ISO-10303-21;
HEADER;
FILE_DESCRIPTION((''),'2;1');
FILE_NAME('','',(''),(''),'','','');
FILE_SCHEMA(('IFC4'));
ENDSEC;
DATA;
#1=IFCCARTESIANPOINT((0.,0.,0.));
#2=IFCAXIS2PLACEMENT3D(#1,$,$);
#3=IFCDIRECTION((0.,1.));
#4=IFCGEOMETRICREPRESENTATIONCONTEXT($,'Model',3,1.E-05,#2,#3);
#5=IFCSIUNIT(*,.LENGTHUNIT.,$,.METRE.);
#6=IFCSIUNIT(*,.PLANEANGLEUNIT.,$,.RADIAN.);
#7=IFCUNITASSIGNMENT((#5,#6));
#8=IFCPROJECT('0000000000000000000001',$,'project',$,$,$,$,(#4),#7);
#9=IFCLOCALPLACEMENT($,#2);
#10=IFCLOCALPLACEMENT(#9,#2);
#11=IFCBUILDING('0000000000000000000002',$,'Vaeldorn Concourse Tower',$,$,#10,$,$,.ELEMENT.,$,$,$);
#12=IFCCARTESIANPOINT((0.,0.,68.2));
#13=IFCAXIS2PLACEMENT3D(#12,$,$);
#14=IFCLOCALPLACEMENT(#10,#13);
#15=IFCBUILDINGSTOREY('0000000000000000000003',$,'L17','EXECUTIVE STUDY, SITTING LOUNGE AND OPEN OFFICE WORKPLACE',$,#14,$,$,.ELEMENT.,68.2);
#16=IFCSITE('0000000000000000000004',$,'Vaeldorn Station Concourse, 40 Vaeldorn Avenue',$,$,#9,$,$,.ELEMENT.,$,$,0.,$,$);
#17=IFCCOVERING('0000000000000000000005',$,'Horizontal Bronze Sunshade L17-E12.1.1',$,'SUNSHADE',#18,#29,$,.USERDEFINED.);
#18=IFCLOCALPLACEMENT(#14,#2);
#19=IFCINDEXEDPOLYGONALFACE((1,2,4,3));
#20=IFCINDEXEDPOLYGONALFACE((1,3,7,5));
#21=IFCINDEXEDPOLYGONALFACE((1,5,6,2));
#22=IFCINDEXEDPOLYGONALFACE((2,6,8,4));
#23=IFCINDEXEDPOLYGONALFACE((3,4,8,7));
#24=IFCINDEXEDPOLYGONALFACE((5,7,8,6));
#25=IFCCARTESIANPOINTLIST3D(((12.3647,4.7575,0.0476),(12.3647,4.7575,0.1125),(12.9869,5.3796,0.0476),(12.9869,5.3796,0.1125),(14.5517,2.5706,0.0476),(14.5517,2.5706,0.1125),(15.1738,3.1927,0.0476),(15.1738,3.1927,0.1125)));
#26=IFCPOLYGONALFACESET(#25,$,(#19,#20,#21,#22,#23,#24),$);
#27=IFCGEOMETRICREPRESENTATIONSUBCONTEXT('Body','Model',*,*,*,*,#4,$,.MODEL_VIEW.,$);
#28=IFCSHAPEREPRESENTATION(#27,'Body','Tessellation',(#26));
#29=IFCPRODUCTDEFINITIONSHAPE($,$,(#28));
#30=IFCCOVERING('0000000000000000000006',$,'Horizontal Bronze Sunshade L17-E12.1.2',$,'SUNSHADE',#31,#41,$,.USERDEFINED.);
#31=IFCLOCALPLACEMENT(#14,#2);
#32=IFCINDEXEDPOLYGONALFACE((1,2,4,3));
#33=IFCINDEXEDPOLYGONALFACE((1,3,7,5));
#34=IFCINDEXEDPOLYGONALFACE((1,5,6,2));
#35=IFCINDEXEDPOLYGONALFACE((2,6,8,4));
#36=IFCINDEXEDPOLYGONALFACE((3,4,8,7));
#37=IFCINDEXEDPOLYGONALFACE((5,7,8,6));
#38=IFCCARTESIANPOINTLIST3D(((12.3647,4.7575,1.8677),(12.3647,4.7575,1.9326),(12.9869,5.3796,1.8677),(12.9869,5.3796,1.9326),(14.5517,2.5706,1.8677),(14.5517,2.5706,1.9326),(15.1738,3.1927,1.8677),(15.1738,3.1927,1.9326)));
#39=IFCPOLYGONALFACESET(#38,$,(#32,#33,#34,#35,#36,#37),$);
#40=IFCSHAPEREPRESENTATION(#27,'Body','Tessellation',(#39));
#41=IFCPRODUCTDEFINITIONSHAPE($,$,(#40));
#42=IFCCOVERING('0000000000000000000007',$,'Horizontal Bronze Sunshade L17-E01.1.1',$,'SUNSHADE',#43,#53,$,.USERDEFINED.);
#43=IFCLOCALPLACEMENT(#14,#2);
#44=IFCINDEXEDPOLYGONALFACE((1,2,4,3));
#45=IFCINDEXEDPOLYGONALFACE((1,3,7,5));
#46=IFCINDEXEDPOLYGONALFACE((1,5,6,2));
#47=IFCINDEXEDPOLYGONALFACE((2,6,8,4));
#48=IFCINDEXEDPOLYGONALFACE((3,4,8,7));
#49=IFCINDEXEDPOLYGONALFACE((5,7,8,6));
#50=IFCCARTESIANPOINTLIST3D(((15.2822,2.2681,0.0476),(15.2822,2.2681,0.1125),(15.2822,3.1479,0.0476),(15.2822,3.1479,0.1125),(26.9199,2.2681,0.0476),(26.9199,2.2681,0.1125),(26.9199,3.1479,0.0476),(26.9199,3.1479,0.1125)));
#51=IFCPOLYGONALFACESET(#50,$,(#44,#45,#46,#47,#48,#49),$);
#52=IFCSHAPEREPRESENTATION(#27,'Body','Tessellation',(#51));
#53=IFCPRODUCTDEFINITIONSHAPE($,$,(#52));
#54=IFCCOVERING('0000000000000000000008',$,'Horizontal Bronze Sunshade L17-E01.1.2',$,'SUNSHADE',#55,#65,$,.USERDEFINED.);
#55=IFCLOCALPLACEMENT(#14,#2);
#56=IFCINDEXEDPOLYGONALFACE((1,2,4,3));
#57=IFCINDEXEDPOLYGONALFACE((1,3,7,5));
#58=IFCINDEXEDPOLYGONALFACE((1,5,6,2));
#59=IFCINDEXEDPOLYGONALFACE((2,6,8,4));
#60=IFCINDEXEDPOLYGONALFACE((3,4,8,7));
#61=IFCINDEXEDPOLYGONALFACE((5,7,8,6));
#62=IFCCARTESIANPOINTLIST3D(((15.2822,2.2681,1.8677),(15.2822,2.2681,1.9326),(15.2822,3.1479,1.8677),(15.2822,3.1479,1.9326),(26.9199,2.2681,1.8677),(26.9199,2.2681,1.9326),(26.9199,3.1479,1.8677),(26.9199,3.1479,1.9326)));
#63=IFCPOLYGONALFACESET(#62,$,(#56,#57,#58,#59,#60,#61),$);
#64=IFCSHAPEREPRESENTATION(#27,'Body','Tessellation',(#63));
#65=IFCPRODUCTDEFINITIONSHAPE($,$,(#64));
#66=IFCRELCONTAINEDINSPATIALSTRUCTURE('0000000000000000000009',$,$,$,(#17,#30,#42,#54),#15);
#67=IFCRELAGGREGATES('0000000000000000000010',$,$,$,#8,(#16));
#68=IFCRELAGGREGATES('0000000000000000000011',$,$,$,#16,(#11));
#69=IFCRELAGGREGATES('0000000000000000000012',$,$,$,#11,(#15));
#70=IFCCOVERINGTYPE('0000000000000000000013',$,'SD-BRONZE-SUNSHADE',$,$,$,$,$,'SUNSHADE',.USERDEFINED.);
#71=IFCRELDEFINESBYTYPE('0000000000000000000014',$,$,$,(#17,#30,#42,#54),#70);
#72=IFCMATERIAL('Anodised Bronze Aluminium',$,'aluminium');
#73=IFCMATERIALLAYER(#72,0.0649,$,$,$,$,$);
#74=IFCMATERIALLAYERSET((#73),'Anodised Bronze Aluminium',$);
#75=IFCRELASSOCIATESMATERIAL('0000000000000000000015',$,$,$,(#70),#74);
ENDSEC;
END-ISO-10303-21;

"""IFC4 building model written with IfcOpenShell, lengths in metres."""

from ifc_helpers import new_model, si_unit, direction, frame, origin, origin_2d, place, context, subcontext, project, spatial, rectangle, extrude, source, transform, mapped, material, layer, layer_set, type_object, element, save


model = new_model("IFC4")

# Units and contexts
model_context = context("Model", 3, precision=1e-05, world=origin(), true_north=direction((0.0, 1.0)))
body_context = subcontext(model_context, "Body", "Model", "MODEL_VIEW")
ifc_project = project(units=[si_unit("LENGTHUNIT", "METRE"), si_unit("PLANEANGLEUNIT", "RADIAN")], contexts=[model_context])

# Site, building, storey
site_placement = place(None, origin())
site = spatial("IfcSite", under=ifc_project, at=site_placement, Name="Vaeldorn Station Concourse, 40 Vaeldorn Avenue", CompositionType="ELEMENT", RefElevation=0.0)
building_placement = place(site_placement, origin())
building = spatial("IfcBuilding", under=site, at=building_placement, Name="Vaeldorn Concourse Tower", CompositionType="ELEMENT")
storey_placement = place(building_placement, frame((0.0, 0.0, 68.2)))
storey = spatial("IfcBuildingStorey", under=building, at=storey_placement, Name="L17", Description="EXECUTIVE STUDY, SITTING LOUNGE AND OPEN OFFICE WORKPLACE", CompositionType="ELEMENT", Elevation=68.2)

# Shared definitions
ifc_material_1 = material(Name="Anodised Bronze Aluminium", Category="aluminium")

# Coverings
ifc_layer_1 = layer(ifc_material_1, 0.0649)
ifc_layer_set_1 = layer_set([ifc_layer_1], Name="Anodised Bronze Aluminium")
covering_type = type_object("IfcCoveringType", Name="SD-BRONZE-SUNSHADE", ElementType="SUNSHADE", PredefinedType="USERDEFINED", material=ifc_layer_set_1)
shared_shape_1 = source(origin(), body_context, "Body", "SweptSolid", [
    extrude(rectangle(XDim=3.0928, YDim=0.8799, at=origin_2d()), origin(), (0.0, 0.0, 1.0), 0.0649),
])
for number, where, z_axis, x_axis, name in (
    (1, (13.7693, 3.9751, 0.0476), (0.0, 0.0, 1.0), (0.707107, -0.707107, 0.0), "Horizontal Bronze Sunshade L17-E12.1.1"),
    (2, (13.7693, 3.9751, 1.8677), (0.0, 0.0, 1.0), (0.707107, -0.707107, 0.0), "Horizontal Bronze Sunshade L17-E12.1.2"),
):
    element("IfcCovering", number, at=place(storey_placement, frame(where, z_axis=z_axis, x_axis=x_axis)), inside=storey, type_object=covering_type, Name=name, ObjectType="SUNSHADE", PredefinedType="USERDEFINED", context=body_context, shape_type="MappedRepresentation", body=[
        mapped(shared_shape_1, transform((0.0, 0.0, 0.0), scale=1.0)),
    ])
shared_shape_2 = source(origin(), body_context, "Body", "SweptSolid", [
    extrude(rectangle(XDim=11.6377, YDim=0.8799, at=origin_2d()), origin(), (0.0, 0.0, 1.0), 0.0649),
])
for number, where, z_axis, x_axis, name in (
    (3, (21.1011, 2.708, 0.0476), (0.0, 0.0, 1.0), (1.0, 0.0, 0.0), "Horizontal Bronze Sunshade L17-E01.1.1"),
    (4, (21.1011, 2.708, 1.8677), (0.0, 0.0, 1.0), (1.0, 0.0, 0.0), "Horizontal Bronze Sunshade L17-E01.1.2"),
):
    element("IfcCovering", number, at=place(storey_placement, frame(where, z_axis=z_axis, x_axis=x_axis)), inside=storey, type_object=covering_type, Name=name, ObjectType="SUNSHADE", PredefinedType="USERDEFINED", context=body_context, shape_type="MappedRepresentation", body=[
        mapped(shared_shape_2, transform((0.0, 0.0, 0.0), scale=1.0)),
    ])

save(model, "model.ifc")
